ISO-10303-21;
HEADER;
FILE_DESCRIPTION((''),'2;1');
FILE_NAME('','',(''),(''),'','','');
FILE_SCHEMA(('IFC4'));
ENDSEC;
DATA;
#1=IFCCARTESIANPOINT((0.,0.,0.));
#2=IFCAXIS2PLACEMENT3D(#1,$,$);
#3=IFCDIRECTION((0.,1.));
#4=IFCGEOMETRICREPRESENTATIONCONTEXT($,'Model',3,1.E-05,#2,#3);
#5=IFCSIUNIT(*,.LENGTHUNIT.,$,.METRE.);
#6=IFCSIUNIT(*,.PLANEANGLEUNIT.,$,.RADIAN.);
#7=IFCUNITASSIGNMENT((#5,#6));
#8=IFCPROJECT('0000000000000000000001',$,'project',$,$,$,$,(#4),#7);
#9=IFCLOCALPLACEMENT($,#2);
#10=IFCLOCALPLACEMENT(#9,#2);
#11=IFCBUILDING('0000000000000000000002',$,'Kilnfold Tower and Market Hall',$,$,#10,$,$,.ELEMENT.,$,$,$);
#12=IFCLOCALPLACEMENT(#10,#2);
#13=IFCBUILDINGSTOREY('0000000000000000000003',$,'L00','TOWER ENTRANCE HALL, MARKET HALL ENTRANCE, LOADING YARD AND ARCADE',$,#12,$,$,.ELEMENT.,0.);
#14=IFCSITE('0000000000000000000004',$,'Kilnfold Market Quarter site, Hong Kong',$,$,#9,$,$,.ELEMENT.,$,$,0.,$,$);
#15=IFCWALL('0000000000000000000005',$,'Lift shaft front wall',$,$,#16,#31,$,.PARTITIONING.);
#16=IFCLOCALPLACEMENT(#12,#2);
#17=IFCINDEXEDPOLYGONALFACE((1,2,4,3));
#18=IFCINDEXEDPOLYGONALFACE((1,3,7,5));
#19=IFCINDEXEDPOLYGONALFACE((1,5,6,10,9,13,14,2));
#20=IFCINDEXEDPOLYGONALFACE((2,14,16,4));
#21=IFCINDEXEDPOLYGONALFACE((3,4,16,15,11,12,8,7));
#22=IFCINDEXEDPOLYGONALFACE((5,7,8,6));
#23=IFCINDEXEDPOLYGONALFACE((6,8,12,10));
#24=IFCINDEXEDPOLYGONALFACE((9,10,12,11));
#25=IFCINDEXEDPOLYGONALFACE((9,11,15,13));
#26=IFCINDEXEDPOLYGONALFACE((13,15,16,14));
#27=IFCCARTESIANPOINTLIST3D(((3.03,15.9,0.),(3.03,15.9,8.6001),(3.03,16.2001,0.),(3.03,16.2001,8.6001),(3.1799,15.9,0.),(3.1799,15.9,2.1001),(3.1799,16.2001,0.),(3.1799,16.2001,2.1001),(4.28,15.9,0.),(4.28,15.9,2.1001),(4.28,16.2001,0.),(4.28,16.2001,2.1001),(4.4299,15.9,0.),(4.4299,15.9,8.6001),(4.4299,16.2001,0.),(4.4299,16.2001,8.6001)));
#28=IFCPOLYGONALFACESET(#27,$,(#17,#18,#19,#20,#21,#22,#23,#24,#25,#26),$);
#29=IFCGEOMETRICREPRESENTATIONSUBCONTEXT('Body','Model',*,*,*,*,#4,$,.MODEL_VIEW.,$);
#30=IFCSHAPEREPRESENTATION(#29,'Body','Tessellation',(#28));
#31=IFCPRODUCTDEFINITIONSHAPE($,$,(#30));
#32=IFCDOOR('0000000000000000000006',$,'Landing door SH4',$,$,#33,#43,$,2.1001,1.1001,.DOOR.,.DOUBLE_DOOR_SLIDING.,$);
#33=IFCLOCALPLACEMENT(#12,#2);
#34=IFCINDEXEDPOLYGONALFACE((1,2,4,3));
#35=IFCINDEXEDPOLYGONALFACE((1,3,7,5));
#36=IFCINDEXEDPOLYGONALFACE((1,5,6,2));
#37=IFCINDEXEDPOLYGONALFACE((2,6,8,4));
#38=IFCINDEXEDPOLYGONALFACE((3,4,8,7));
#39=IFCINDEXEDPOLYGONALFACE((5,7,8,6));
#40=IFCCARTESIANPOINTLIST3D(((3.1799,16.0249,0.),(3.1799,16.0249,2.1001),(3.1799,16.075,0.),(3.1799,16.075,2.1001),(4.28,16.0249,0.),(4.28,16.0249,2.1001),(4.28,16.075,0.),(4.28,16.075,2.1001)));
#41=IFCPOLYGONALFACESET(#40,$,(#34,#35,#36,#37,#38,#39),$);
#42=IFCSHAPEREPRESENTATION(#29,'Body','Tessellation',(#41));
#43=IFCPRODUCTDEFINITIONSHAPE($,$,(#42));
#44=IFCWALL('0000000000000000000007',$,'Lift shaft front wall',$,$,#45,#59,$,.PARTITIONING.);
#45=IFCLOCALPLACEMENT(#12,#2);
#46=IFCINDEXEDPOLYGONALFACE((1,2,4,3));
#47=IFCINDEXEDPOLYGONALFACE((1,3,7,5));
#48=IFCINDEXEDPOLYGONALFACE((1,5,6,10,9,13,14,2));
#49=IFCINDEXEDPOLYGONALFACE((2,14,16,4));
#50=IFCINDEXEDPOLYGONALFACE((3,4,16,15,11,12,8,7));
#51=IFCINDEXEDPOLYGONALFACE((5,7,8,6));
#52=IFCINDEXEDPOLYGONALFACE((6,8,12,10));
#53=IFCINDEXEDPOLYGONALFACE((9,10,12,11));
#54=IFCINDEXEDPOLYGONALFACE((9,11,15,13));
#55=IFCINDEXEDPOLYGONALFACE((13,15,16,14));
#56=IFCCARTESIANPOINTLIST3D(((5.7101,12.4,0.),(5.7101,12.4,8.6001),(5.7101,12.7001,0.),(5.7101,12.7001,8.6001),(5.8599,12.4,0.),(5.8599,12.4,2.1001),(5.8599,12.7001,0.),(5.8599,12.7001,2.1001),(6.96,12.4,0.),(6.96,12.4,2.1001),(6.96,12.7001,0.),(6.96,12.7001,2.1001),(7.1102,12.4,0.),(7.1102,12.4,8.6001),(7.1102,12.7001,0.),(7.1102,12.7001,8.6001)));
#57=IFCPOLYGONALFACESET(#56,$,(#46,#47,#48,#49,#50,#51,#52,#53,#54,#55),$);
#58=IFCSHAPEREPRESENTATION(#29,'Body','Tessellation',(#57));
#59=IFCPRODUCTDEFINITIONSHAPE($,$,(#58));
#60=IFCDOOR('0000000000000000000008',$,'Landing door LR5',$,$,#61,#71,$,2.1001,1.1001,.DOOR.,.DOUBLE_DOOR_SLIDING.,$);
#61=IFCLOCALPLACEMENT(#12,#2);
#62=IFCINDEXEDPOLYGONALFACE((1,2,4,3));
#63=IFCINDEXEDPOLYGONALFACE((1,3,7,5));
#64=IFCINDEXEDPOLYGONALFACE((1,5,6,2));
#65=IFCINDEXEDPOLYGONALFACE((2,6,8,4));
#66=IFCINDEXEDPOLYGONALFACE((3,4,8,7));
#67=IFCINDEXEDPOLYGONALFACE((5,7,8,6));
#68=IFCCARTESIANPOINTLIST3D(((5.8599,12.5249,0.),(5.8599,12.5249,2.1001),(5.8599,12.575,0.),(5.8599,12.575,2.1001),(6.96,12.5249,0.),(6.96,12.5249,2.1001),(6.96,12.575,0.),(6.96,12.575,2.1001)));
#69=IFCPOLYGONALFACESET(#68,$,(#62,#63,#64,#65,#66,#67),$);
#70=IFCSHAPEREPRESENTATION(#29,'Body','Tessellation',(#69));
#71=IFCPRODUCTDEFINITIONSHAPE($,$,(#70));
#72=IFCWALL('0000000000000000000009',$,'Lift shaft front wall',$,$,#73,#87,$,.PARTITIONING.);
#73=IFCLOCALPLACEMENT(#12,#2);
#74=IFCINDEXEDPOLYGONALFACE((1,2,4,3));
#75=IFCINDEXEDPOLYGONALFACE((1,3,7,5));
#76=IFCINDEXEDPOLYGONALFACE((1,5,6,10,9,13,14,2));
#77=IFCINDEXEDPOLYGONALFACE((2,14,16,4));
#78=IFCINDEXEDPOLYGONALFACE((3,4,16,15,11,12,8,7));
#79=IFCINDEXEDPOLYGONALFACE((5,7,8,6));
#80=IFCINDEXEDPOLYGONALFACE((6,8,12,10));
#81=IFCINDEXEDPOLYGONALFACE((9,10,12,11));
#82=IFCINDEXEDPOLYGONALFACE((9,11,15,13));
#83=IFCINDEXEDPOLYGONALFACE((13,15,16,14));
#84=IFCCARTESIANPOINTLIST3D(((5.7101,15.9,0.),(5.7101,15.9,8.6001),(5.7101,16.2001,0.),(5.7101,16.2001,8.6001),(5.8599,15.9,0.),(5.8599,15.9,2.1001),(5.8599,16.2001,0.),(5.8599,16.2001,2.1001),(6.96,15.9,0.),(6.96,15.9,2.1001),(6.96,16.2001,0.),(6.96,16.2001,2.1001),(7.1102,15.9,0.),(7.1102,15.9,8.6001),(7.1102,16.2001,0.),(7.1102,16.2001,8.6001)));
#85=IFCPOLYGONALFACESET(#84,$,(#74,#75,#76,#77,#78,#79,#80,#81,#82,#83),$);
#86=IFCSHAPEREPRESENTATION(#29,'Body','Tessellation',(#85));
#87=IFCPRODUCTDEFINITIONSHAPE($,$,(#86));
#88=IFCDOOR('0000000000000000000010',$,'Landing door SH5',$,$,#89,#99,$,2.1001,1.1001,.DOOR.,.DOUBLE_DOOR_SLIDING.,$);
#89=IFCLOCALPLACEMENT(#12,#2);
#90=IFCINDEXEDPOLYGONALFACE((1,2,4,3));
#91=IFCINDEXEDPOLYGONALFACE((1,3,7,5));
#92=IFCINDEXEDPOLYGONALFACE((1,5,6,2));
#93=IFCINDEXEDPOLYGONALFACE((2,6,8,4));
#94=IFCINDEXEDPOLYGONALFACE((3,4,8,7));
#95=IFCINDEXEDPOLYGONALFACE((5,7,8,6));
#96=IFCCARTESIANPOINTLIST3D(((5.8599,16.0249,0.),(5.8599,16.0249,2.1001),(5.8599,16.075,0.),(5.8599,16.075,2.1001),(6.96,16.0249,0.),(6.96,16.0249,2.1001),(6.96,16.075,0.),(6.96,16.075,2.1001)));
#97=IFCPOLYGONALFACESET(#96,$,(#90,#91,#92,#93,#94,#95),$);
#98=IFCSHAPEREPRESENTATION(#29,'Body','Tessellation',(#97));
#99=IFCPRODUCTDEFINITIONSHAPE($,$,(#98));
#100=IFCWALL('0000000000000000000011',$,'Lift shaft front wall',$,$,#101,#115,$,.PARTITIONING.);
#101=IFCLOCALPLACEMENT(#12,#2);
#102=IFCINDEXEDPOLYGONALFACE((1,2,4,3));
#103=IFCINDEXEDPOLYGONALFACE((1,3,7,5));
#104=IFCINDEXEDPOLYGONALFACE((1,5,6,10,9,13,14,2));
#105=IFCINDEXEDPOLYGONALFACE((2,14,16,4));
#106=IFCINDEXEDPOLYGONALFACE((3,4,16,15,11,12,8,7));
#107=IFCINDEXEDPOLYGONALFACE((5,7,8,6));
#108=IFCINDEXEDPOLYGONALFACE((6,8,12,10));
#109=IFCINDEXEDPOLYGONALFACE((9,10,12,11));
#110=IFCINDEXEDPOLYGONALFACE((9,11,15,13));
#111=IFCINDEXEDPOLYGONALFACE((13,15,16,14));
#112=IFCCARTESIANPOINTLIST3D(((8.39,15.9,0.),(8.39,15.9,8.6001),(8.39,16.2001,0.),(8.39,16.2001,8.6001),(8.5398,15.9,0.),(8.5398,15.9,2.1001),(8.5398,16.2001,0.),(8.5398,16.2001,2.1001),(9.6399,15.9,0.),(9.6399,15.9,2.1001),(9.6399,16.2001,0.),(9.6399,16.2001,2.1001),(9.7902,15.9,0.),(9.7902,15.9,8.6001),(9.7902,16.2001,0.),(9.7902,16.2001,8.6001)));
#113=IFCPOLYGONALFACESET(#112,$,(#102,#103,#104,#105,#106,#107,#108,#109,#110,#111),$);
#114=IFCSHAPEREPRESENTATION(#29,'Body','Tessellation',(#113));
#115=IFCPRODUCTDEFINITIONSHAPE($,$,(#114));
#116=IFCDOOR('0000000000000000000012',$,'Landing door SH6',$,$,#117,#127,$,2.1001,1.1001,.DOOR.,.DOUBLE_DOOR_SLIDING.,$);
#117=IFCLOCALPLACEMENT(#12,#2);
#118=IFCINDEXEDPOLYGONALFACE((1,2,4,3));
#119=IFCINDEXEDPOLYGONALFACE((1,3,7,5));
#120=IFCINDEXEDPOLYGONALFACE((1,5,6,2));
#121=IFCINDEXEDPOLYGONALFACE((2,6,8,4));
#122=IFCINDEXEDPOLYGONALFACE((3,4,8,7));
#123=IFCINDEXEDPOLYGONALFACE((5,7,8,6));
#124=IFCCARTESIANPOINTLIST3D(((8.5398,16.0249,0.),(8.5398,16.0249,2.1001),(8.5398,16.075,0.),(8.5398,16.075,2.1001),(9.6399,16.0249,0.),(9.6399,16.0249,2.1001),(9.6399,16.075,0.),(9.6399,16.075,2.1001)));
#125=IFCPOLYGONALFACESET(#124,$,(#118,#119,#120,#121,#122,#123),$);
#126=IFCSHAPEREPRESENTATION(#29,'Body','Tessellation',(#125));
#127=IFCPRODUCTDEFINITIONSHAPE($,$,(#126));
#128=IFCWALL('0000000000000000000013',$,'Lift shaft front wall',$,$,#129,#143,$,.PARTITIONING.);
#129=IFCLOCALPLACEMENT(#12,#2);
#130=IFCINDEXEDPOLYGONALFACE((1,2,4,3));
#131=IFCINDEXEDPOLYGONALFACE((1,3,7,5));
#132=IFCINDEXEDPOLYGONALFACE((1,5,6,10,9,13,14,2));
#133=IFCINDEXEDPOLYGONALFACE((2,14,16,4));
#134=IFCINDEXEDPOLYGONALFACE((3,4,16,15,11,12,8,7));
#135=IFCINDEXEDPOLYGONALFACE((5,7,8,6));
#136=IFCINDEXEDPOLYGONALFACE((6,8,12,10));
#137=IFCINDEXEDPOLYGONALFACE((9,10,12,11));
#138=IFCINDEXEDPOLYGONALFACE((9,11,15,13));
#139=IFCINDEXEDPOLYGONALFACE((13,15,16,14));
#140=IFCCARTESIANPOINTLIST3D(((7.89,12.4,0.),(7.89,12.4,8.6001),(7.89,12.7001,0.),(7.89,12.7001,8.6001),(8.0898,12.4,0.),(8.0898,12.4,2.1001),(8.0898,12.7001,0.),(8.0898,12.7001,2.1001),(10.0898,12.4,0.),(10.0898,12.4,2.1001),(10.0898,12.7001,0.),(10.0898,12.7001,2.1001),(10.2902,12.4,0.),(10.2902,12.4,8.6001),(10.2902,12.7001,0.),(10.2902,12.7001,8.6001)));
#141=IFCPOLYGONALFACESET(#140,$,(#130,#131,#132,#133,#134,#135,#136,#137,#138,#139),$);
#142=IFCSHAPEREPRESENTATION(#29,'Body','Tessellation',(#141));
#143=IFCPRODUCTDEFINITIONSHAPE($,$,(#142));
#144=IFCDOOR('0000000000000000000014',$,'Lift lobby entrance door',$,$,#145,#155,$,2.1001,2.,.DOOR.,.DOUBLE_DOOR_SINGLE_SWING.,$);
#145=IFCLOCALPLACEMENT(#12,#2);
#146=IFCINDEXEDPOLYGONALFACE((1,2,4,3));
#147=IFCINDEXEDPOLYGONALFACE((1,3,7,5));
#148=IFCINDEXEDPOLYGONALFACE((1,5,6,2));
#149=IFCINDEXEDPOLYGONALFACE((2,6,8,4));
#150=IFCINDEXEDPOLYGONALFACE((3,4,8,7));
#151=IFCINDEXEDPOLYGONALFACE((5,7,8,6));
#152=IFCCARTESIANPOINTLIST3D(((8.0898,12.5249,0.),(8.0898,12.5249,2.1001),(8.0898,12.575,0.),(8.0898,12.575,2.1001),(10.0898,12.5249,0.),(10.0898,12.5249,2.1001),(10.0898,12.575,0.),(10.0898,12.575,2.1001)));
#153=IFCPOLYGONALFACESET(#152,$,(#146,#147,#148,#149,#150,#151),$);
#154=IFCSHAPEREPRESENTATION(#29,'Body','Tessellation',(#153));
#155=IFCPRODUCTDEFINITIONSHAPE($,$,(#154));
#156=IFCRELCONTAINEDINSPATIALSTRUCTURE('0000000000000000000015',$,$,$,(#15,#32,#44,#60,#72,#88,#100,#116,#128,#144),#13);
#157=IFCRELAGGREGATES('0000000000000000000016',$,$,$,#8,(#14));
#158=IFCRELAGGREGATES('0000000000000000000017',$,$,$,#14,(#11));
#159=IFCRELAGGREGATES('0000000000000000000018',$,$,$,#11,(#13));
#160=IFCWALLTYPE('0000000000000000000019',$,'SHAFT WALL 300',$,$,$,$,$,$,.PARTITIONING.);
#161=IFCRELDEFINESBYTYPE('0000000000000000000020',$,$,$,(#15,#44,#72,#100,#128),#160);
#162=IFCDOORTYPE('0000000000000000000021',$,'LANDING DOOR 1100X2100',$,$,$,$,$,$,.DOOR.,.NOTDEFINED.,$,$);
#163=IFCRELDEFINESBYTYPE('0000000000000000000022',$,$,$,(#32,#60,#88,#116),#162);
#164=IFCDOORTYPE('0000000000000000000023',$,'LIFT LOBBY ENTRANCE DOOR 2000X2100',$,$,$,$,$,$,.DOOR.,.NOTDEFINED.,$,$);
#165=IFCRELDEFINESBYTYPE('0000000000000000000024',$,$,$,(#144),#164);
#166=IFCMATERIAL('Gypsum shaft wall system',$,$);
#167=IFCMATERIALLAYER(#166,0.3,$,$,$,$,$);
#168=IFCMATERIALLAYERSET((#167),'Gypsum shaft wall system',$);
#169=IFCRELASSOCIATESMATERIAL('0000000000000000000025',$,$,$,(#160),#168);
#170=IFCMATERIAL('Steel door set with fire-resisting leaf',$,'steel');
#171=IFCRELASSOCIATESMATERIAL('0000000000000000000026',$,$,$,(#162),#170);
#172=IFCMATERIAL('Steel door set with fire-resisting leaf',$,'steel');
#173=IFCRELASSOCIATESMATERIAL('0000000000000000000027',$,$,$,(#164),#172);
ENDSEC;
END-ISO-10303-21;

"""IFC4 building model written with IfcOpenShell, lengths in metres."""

from ifc_helpers import new_model, si_unit, direction, frame, frame_2d, origin, place, context, subcontext, project, spatial, rectangle, extrude, source, transform, mapped, material, layer, layer_set, type_object, element, fill, save


model = new_model("IFC4")

# Units and contexts
model_context = context("Model", 3, precision=1e-05, world=origin(), true_north=direction((0.0, 1.0)))
body_context = subcontext(model_context, "Body", "Model", "MODEL_VIEW")
ifc_project = project(units=[si_unit("LENGTHUNIT", "METRE"), si_unit("PLANEANGLEUNIT", "RADIAN")], contexts=[model_context])

# Site, building, storey
site_placement = place(None, origin())
site = spatial("IfcSite", under=ifc_project, at=site_placement, Name="Kilnfold Market Quarter site, Hong Kong", CompositionType="ELEMENT", RefElevation=0.0)
building_placement = place(site_placement, origin())
building = spatial("IfcBuilding", under=site, at=building_placement, Name="Kilnfold Tower and Market Hall", CompositionType="ELEMENT")
storey_placement = place(building_placement, origin())
storey = spatial("IfcBuildingStorey", under=building, at=storey_placement, Name="L00", Description="TOWER ENTRANCE HALL, MARKET HALL ENTRANCE, LOADING YARD AND ARCADE", CompositionType="ELEMENT", Elevation=0.0)

# Walls, openings, doors
ifc_material_1 = material(Name="Gypsum shaft wall system")
ifc_layer_1 = layer(ifc_material_1, 0.3)
ifc_layer_set_1 = layer_set([ifc_layer_1], Name="Gypsum shaft wall system")
wall_type_1 = type_object("IfcWallType", Name="SHAFT WALL 300", PredefinedType="PARTITIONING", material=ifc_layer_set_1)
shared_shape_1 = source(origin(), body_context, "Body", "SweptSolid", [
    extrude(rectangle(XDim=1.3999, YDim=0.3, at=frame_2d((0.7, 0.0))), origin(), (0.0, 0.0, 1.0), 8.6001),
])
ifc_material_2 = material(Name="Steel door set with fire-resisting leaf", Category="steel")
door_type_1 = type_object("IfcDoorType", Name="LANDING DOOR 1100X2100", OperationType="NOTDEFINED", PredefinedType="DOOR", material=ifc_material_2)
wall_1_placement = place(storey_placement, frame((3.03, 16.05, 0.0), z_axis=(0.0, 0.0, 1.0), x_axis=(1.0, 0.0, 0.0)))
wall_1 = element("IfcWall", 1, at=wall_1_placement, inside=storey, type_object=wall_type_1, Name="Lift shaft front wall", PredefinedType="PARTITIONING", context=body_context, shape_type="MappedRepresentation", body=[
    mapped(shared_shape_1, transform((0.0, 0.0, 0.0))),
])
opening_1_placement = place(wall_1_placement, frame((0.1499, 0.0, 0.0)))
opening_1 = element("IfcOpeningElement", 2, at=opening_1_placement, cuts=wall_1, PredefinedType="OPENING", context=body_context, shape_type="SweptSolid", body=[
    extrude(rectangle(XDim=1.1001, YDim=2.1001, at=frame_2d((0.55, 1.05))), frame((0.0, 0.1602, 0.0), z_axis=(0.0, -1.0, 0.0), x_axis=(1.0, 0.0, 0.0)), (0.0, 0.0, 1.0), 0.3201),
])
door_1_placement = place(opening_1_placement, origin())
door_1 = element("IfcDoor", 3, at=door_1_placement, inside=storey, type_object=door_type_1, Name="Landing door SH4", OperationType="DOUBLE_DOOR_SLIDING", OverallHeight=2.1001, OverallWidth=1.1001, PredefinedType="DOOR", context=body_context, shape_type="SweptSolid", body=[
    extrude(rectangle(XDim=1.1001, YDim=2.1001, at=frame_2d((0.55, 1.05))), frame((0.0, 0.0249, 0.0), z_axis=(0.0, -1.0, 0.0), x_axis=(1.0, 0.0, 0.0)), (0.0, 0.0, 1.0), 0.05),
])
fill(opening_1, door_1)
shared_shape_2 = source(origin(), body_context, "Body", "SweptSolid", [
    extrude(rectangle(XDim=1.4001, YDim=0.3, at=frame_2d((0.7002, 0.0))), origin(), (0.0, 0.0, 1.0), 8.6001),
])
wall_2_placement = place(storey_placement, frame((5.71, 12.55, 0.0), z_axis=(0.0, 0.0, 1.0), x_axis=(1.0, 0.0, 0.0)))
wall_2 = element("IfcWall", 4, at=wall_2_placement, inside=storey, type_object=wall_type_1, Name="Lift shaft front wall", PredefinedType="PARTITIONING", context=body_context, shape_type="MappedRepresentation", body=[
    mapped(shared_shape_2, transform((0.0, 0.0, 0.0))),
])
opening_2_placement = place(wall_2_placement, frame((0.1499, 0.0, 0.0)))
opening_2 = element("IfcOpeningElement", 5, at=opening_2_placement, cuts=wall_2, PredefinedType="OPENING", context=body_context, shape_type="SweptSolid", body=[
    extrude(rectangle(XDim=1.1001, YDim=2.1001, at=frame_2d((0.55, 1.05))), frame((0.0, 0.1602, 0.0), z_axis=(0.0, -1.0, 0.0), x_axis=(1.0, 0.0, 0.0)), (0.0, 0.0, 1.0), 0.3201),
])
door_2_placement = place(opening_2_placement, origin())
door_2 = element("IfcDoor", 6, at=door_2_placement, inside=storey, type_object=door_type_1, Name="Landing door LR5", OperationType="DOUBLE_DOOR_SLIDING", OverallHeight=2.1001, OverallWidth=1.1001, PredefinedType="DOOR", context=body_context, shape_type="SweptSolid", body=[
    extrude(rectangle(XDim=1.1001, YDim=2.1001, at=frame_2d((0.55, 1.05))), frame((0.0, 0.0249, 0.0), z_axis=(0.0, -1.0, 0.0), x_axis=(1.0, 0.0, 0.0)), (0.0, 0.0, 1.0), 0.05),
])
fill(opening_2, door_2)
wall_3_placement = place(storey_placement, frame((5.71, 16.05, 0.0), z_axis=(0.0, 0.0, 1.0), x_axis=(1.0, 0.0, 0.0)))
wall_3 = element("IfcWall", 7, at=wall_3_placement, inside=storey, type_object=wall_type_1, Name="Lift shaft front wall", PredefinedType="PARTITIONING", context=body_context, shape_type="MappedRepresentation", body=[
    mapped(shared_shape_2, transform((0.0, 0.0, 0.0))),
])
opening_3_placement = place(wall_3_placement, frame((0.1499, 0.0, 0.0)))
opening_3 = element("IfcOpeningElement", 8, at=opening_3_placement, cuts=wall_3, PredefinedType="OPENING", context=body_context, shape_type="SweptSolid", body=[
    extrude(rectangle(XDim=1.1001, YDim=2.1001, at=frame_2d((0.55, 1.05))), frame((0.0, 0.1602, 0.0), z_axis=(0.0, -1.0, 0.0), x_axis=(1.0, 0.0, 0.0)), (0.0, 0.0, 1.0), 0.3201),
])
door_3_placement = place(opening_3_placement, origin())
door_3 = element("IfcDoor", 9, at=door_3_placement, inside=storey, type_object=door_type_1, Name="Landing door SH5", OperationType="DOUBLE_DOOR_SLIDING", OverallHeight=2.1001, OverallWidth=1.1001, PredefinedType="DOOR", context=body_context, shape_type="SweptSolid", body=[
    extrude(rectangle(XDim=1.1001, YDim=2.1001, at=frame_2d((0.55, 1.05))), frame((0.0, 0.0249, 0.0), z_axis=(0.0, -1.0, 0.0), x_axis=(1.0, 0.0, 0.0)), (0.0, 0.0, 1.0), 0.05),
])
fill(opening_3, door_3)
wall_4_placement = place(storey_placement, frame((8.3899, 16.05, 0.0), z_axis=(0.0, 0.0, 1.0), x_axis=(1.0, 0.0, 0.0)))
wall_4 = element("IfcWall", 10, at=wall_4_placement, inside=storey, type_object=wall_type_1, Name="Lift shaft front wall", PredefinedType="PARTITIONING", context=body_context, shape_type="MappedRepresentation", body=[
    mapped(shared_shape_2, transform((0.0, 0.0, 0.0))),
])
opening_4_placement = place(wall_4_placement, frame((0.1499, 0.0, 0.0)))
opening_4 = element("IfcOpeningElement", 11, at=opening_4_placement, cuts=wall_4, PredefinedType="OPENING", context=body_context, shape_type="SweptSolid", body=[
    extrude(rectangle(XDim=1.1001, YDim=2.1001, at=frame_2d((0.55, 1.05))), frame((0.0, 0.1602, 0.0), z_axis=(0.0, -1.0, 0.0), x_axis=(1.0, 0.0, 0.0)), (0.0, 0.0, 1.0), 0.3201),
])
door_4_placement = place(opening_4_placement, origin())
door_4 = element("IfcDoor", 12, at=door_4_placement, inside=storey, type_object=door_type_1, Name="Landing door SH6", OperationType="DOUBLE_DOOR_SLIDING", OverallHeight=2.1001, OverallWidth=1.1001, PredefinedType="DOOR", context=body_context, shape_type="SweptSolid", body=[
    extrude(rectangle(XDim=1.1001, YDim=2.1001, at=frame_2d((0.55, 1.05))), frame((0.0, 0.0249, 0.0), z_axis=(0.0, -1.0, 0.0), x_axis=(1.0, 0.0, 0.0)), (0.0, 0.0, 1.0), 0.05),
])
fill(opening_4, door_4)
shared_shape_3 = source(origin(), body_context, "Body", "SweptSolid", [
    extrude(rectangle(XDim=2.4001, YDim=0.3, at=frame_2d((1.2002, 0.0))), origin(), (0.0, 0.0, 1.0), 8.6001),
])
wall_5_placement = place(storey_placement, frame((7.8899, 12.55, 0.0), z_axis=(0.0, 0.0, 1.0), x_axis=(1.0, 0.0, 0.0)))
wall_5 = element("IfcWall", 13, at=wall_5_placement, inside=storey, type_object=wall_type_1, Name="Lift shaft front wall", PredefinedType="PARTITIONING", context=body_context, shape_type="MappedRepresentation", body=[
    mapped(shared_shape_3, transform((0.0, 0.0, 0.0))),
])
opening_5_placement = place(wall_5_placement, frame((0.2, 0.0, 0.0)))
opening_5 = element("IfcOpeningElement", 14, at=opening_5_placement, cuts=wall_5, PredefinedType="OPENING", context=body_context, shape_type="SweptSolid", body=[
    extrude(rectangle(XDim=2.0, YDim=2.1001, at=frame_2d((1.0, 1.05))), frame((0.0, 0.1602, 0.0), z_axis=(0.0, -1.0, 0.0), x_axis=(1.0, 0.0, 0.0)), (0.0, 0.0, 1.0), 0.3201),
])
ifc_material_3 = material(Name="Steel door set with fire-resisting leaf", Category="steel")
door_type_2 = type_object("IfcDoorType", Name="LIFT LOBBY ENTRANCE DOOR 2000X2100", OperationType="NOTDEFINED", PredefinedType="DOOR", material=ifc_material_3)
door_5_placement = place(opening_5_placement, origin())
door_5 = element("IfcDoor", 15, at=door_5_placement, inside=storey, type_object=door_type_2, Name="Lift lobby entrance door", OperationType="DOUBLE_DOOR_SINGLE_SWING", OverallHeight=2.1001, OverallWidth=2.0, PredefinedType="DOOR", context=body_context, shape_type="SweptSolid", body=[
    extrude(rectangle(XDim=2.0, YDim=2.1001, at=frame_2d((1.0, 1.05))), frame((0.0, 0.0249, 0.0), z_axis=(0.0, -1.0, 0.0), x_axis=(1.0, 0.0, 0.0)), (0.0, 0.0, 1.0), 0.05),
])
fill(opening_5, door_5)

save(model, "model.ifc")
